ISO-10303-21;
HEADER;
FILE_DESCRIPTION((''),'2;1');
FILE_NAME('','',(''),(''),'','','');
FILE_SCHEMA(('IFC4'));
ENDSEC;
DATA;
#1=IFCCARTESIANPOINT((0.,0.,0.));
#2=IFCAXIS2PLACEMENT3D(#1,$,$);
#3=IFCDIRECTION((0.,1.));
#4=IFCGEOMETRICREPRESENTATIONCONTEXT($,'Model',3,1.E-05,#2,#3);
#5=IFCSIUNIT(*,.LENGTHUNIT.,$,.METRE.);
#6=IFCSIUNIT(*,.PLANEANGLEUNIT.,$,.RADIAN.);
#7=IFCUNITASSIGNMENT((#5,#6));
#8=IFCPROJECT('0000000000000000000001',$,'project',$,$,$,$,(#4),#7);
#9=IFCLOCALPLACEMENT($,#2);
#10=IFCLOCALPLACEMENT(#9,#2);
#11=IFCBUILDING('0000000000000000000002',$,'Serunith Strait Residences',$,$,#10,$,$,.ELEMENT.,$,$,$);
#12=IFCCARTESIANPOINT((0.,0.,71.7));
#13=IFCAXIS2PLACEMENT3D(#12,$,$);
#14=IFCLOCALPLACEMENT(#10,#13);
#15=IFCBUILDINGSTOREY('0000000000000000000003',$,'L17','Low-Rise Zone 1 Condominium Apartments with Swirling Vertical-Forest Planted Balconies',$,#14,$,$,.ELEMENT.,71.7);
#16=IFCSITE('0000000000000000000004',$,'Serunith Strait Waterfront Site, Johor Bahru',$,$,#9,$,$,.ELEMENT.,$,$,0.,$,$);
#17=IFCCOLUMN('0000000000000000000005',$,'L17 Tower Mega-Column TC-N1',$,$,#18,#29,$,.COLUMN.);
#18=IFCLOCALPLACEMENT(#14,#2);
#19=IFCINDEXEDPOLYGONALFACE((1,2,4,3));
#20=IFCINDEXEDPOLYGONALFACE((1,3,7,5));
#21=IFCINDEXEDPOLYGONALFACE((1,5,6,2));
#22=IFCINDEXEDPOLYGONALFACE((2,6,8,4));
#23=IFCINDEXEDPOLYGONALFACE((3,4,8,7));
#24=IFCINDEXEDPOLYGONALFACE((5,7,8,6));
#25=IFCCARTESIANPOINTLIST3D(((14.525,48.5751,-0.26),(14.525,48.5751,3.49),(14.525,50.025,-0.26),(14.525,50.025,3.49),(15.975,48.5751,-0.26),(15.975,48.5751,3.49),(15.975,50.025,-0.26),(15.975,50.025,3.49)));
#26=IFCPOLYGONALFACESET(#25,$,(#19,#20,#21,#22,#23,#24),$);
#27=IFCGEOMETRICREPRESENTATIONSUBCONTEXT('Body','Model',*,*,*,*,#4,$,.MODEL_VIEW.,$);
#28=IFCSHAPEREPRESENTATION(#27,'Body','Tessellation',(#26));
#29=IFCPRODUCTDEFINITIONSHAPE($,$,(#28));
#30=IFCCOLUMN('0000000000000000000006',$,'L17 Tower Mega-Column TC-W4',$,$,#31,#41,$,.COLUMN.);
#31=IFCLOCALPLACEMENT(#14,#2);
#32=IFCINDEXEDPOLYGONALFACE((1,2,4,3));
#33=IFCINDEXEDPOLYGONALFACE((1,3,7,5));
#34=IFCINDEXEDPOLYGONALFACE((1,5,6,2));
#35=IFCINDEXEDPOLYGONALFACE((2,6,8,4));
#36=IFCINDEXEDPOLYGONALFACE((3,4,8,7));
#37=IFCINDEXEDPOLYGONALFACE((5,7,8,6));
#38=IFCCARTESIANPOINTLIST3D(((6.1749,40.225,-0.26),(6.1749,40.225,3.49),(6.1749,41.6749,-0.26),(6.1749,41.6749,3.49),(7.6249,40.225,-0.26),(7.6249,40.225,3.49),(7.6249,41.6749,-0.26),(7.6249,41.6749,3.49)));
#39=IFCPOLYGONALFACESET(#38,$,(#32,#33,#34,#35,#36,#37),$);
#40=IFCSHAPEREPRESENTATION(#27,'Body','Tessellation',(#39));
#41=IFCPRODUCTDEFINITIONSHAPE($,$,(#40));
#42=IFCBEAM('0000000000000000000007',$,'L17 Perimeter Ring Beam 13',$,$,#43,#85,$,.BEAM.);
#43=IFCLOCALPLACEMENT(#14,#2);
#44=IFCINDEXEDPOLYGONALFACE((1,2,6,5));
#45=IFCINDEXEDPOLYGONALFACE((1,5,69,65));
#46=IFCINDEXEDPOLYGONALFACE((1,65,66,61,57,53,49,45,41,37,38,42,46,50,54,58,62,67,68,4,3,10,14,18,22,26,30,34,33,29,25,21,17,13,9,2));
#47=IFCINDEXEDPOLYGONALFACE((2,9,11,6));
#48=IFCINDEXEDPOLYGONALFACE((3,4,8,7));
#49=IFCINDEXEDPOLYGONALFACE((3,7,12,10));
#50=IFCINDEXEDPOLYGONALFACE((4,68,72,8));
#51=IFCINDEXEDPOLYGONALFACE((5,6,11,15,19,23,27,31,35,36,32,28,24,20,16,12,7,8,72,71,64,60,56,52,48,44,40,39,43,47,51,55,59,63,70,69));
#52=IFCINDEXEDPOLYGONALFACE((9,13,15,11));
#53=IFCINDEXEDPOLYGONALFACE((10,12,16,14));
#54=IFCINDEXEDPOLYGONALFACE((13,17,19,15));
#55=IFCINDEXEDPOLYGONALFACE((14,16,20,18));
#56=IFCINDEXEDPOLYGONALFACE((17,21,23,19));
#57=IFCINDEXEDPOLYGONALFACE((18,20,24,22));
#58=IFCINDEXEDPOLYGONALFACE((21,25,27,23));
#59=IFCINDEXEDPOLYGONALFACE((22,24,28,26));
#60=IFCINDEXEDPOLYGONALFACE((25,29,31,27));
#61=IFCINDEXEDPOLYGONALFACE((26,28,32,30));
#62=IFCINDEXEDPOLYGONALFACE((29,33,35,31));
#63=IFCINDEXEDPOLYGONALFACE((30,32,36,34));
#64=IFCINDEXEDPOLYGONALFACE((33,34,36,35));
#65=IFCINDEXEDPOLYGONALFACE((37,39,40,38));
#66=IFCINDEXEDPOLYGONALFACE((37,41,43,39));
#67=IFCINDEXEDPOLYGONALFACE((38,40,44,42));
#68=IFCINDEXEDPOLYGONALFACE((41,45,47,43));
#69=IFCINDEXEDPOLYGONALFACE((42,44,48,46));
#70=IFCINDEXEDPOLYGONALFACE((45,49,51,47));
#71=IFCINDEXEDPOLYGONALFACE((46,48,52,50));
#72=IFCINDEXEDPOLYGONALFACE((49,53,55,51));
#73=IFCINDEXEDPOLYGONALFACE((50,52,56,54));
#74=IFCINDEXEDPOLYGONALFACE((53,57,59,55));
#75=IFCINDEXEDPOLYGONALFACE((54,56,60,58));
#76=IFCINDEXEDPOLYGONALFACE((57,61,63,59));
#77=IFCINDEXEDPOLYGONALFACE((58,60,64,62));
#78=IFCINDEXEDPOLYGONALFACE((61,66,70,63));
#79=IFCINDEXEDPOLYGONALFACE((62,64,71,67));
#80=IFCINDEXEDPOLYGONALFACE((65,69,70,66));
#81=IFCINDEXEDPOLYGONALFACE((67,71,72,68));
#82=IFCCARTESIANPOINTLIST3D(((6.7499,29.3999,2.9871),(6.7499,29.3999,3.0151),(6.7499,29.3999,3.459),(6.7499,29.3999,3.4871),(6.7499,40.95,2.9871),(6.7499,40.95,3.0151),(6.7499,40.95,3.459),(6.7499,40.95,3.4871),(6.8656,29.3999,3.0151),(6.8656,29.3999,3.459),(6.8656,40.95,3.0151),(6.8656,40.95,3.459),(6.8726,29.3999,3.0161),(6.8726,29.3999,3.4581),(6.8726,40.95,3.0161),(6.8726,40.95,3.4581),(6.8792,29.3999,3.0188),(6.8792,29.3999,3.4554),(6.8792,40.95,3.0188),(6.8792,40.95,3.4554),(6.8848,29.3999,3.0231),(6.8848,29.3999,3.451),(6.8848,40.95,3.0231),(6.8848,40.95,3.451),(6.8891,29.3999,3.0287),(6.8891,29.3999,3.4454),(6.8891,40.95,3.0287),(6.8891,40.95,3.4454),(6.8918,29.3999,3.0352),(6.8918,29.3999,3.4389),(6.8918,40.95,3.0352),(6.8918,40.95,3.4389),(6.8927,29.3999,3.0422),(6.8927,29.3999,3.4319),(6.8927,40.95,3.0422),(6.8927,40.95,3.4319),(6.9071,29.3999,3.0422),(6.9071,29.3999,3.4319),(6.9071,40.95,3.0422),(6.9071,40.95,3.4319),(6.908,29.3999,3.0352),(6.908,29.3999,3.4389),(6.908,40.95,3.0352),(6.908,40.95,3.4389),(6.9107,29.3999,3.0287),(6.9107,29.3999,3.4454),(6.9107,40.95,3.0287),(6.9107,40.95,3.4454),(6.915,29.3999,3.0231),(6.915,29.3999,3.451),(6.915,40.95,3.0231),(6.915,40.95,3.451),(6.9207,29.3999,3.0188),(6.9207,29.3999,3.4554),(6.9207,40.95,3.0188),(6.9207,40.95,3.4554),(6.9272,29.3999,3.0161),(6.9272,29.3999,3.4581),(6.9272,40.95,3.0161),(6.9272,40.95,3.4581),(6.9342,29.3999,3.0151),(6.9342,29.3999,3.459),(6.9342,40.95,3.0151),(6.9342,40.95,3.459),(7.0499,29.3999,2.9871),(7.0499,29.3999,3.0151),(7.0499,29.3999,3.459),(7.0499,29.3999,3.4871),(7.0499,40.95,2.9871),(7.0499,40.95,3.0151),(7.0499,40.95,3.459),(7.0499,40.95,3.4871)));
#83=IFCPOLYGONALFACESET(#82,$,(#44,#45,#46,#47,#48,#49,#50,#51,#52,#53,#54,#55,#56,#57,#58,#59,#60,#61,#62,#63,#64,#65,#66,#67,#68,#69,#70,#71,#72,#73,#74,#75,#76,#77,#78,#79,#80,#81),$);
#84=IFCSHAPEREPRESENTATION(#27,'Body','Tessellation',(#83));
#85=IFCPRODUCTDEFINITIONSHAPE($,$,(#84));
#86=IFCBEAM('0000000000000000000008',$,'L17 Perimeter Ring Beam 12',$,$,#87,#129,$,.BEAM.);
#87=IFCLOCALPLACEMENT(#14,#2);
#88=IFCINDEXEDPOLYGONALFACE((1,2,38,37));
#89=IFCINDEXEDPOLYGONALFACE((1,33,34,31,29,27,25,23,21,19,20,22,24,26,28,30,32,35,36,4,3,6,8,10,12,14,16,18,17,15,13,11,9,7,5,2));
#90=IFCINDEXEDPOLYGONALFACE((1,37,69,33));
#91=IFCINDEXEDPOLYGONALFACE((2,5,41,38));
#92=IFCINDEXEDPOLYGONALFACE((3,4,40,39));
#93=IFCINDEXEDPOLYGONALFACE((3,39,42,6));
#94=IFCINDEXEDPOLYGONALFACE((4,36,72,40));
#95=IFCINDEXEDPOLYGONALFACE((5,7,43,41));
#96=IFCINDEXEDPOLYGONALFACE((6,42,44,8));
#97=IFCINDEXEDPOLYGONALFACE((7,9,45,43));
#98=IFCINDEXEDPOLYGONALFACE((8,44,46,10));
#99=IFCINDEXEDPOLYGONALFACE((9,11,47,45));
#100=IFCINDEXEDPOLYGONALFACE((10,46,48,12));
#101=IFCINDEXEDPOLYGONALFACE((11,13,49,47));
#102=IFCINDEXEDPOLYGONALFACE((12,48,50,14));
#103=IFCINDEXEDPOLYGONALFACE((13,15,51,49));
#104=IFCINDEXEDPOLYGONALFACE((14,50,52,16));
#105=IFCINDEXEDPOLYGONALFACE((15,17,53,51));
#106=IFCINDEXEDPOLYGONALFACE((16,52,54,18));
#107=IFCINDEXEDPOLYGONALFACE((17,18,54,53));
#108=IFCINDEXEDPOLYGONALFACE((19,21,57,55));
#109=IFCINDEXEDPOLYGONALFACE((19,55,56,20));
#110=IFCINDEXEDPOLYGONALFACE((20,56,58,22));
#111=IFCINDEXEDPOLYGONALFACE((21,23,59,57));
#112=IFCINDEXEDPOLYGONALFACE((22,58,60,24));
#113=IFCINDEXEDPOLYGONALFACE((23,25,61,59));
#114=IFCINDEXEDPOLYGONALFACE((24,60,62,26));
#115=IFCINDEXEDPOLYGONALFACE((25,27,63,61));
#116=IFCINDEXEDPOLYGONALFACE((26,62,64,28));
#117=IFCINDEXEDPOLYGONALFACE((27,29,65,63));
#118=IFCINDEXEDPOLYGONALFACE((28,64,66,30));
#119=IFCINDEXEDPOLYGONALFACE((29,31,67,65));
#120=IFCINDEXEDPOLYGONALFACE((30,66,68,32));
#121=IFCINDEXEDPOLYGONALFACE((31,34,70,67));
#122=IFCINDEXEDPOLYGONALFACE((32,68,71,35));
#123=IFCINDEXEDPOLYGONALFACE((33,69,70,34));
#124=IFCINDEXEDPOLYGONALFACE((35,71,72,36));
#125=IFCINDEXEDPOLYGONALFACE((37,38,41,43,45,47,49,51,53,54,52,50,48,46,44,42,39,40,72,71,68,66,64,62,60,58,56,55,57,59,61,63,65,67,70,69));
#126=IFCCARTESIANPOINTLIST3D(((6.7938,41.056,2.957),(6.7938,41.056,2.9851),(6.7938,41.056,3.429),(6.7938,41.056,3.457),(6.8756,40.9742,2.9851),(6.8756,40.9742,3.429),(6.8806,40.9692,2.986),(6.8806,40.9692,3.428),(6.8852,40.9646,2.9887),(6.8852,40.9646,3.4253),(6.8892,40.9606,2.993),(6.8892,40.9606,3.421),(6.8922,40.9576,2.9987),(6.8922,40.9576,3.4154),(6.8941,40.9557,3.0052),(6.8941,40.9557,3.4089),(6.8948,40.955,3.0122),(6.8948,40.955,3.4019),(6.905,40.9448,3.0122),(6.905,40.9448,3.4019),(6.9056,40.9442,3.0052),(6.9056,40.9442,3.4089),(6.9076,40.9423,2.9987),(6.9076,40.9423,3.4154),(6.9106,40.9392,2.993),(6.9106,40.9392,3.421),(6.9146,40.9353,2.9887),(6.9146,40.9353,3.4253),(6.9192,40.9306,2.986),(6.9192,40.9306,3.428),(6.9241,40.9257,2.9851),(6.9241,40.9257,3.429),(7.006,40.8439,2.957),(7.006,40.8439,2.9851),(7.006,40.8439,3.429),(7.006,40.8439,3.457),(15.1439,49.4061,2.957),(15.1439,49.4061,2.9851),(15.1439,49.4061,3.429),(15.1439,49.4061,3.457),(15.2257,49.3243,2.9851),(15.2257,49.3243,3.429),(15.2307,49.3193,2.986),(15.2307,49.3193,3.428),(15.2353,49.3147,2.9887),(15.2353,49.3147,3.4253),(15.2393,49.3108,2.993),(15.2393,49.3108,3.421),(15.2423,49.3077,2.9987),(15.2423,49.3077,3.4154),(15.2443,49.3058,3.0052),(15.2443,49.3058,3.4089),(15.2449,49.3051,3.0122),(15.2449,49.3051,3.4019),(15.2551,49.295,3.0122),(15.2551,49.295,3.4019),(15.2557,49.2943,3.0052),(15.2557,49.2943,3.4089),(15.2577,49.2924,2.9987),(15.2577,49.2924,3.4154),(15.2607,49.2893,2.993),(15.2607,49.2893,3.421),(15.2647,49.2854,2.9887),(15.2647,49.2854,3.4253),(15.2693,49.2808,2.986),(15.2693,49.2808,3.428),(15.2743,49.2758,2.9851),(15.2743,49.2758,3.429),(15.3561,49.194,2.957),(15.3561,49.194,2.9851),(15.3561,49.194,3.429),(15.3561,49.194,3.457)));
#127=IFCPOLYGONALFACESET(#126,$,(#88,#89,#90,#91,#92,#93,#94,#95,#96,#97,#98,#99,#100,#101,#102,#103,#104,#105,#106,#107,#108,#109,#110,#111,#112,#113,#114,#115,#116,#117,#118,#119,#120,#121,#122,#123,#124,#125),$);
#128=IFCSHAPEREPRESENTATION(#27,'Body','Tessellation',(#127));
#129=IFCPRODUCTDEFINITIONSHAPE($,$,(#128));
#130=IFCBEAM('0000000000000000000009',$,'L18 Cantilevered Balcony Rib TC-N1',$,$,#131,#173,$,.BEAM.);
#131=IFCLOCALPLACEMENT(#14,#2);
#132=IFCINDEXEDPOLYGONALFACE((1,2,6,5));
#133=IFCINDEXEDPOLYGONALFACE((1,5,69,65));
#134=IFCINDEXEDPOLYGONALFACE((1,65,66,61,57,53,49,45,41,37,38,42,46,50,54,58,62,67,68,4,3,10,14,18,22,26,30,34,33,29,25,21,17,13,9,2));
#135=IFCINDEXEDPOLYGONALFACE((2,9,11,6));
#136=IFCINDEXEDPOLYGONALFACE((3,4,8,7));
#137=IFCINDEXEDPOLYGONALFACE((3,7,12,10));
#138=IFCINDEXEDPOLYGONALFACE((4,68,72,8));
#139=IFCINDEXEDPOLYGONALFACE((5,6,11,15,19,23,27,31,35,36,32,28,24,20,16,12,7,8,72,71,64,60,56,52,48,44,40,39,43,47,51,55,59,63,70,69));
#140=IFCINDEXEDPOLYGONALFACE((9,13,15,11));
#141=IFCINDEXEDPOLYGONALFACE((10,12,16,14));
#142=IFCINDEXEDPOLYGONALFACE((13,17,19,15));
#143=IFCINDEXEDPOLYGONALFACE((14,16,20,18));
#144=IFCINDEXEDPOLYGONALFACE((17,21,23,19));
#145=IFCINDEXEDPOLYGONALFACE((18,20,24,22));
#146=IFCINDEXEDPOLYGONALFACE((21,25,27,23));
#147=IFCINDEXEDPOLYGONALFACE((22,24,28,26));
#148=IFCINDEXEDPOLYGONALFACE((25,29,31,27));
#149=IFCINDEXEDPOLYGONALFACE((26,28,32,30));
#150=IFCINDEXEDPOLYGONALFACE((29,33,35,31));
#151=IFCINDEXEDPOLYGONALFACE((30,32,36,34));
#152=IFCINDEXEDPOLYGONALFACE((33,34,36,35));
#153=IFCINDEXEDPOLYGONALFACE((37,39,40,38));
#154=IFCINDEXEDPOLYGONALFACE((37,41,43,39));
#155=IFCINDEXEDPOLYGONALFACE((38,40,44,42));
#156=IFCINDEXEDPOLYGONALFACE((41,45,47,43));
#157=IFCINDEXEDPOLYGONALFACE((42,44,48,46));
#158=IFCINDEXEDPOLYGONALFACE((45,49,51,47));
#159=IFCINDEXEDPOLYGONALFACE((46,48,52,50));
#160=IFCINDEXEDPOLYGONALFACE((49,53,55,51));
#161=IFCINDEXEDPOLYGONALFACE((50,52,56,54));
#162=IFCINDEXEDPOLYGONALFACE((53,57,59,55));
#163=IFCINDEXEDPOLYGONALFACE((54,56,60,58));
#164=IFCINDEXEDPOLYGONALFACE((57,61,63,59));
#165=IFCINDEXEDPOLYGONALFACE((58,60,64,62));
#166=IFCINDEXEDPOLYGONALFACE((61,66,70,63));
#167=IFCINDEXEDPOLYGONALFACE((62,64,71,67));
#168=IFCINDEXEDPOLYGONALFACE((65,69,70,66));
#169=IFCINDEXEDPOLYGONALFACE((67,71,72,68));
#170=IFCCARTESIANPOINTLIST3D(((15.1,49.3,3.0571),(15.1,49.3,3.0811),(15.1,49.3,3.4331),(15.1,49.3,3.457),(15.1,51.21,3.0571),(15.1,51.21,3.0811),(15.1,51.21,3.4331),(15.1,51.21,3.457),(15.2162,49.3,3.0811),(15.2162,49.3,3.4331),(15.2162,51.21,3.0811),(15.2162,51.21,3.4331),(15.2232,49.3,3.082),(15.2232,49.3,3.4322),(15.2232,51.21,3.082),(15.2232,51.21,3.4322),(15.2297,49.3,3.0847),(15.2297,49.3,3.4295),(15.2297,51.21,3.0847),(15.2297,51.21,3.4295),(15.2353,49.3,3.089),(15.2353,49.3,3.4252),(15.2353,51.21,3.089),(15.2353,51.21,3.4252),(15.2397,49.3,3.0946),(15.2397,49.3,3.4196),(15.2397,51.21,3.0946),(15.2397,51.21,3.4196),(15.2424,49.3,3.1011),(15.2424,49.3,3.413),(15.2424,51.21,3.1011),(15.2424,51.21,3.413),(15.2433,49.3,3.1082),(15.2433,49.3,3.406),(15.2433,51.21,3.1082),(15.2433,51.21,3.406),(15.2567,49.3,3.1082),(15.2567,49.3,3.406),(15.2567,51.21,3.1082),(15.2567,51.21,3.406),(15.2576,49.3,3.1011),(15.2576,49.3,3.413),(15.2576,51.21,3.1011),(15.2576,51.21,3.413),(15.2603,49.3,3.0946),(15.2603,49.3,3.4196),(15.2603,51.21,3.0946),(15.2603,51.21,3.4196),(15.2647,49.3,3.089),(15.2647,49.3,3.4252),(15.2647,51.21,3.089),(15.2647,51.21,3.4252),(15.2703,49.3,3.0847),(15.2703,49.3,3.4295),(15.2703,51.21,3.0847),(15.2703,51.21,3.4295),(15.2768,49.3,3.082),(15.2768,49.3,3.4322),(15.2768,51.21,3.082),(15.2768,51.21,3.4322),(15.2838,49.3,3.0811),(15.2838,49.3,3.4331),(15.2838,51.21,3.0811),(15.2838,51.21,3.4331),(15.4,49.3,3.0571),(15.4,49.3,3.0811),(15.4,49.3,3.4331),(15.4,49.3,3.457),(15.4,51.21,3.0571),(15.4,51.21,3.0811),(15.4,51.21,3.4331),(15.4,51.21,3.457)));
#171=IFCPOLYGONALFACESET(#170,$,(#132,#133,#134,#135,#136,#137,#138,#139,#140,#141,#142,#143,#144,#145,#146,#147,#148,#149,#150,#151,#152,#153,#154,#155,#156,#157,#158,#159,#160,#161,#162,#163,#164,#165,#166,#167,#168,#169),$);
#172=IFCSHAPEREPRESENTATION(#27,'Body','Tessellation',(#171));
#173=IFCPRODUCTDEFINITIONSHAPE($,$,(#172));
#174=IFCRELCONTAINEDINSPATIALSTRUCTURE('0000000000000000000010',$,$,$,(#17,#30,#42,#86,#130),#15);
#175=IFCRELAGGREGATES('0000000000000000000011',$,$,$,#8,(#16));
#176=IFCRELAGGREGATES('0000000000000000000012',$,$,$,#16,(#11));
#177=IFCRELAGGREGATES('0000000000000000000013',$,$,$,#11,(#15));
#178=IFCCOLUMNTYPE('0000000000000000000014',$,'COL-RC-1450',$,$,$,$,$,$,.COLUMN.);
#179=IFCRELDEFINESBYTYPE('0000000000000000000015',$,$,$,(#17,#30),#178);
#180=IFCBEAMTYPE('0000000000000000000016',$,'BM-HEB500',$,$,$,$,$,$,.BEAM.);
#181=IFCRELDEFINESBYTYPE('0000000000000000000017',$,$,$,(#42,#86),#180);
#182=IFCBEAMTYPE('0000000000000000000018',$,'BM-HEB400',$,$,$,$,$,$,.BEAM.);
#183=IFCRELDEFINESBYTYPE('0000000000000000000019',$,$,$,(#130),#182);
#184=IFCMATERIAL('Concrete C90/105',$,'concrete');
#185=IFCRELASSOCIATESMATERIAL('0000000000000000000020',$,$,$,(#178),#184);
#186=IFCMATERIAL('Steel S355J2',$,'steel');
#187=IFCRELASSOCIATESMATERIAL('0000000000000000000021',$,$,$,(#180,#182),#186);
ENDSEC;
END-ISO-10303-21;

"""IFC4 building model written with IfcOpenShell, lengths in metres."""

from ifc_helpers import new_model, si_unit, direction, frame, origin, origin_2d, place, context, subcontext, project, spatial, rectangle, i_section, extrude, source, transform, mapped, material, material_profile, profile_set, type_object, element, save


model = new_model("IFC4")

# Units and contexts
model_context = context("Model", 3, precision=1e-05, world=origin(), true_north=direction((0.0, 1.0)))
body_context = subcontext(model_context, "Body", "Model", "MODEL_VIEW")
ifc_project = project(units=[si_unit("LENGTHUNIT", "METRE"), si_unit("PLANEANGLEUNIT", "RADIAN")], contexts=[model_context])

# Site, building, storey
site_placement = place(None, origin())
site = spatial("IfcSite", under=ifc_project, at=site_placement, Name="Serunith Strait Waterfront Site, Johor Bahru", CompositionType="ELEMENT", RefElevation=0.0)
building_placement = place(site_placement, origin())
building = spatial("IfcBuilding", under=site, at=building_placement, Name="Serunith Strait Residences", CompositionType="ELEMENT")
storey_placement = place(building_placement, frame((0.0, 0.0, 71.7)))
storey = spatial("IfcBuildingStorey", under=building, at=storey_placement, Name="L17", Description="Low-Rise Zone 1 Condominium Apartments with Swirling Vertical-Forest Planted Balconies", CompositionType="ELEMENT", Elevation=71.7)

# Columns
ifc_material_1 = material(Name="Concrete C90/105", Category="concrete")
ifc_material_profile_1 = material_profile(ifc_material_1, rectangle(XDim=1.45, YDim=1.45, at=origin_2d()), Name="RC 1450x1450")
ifc_profile_set_1 = profile_set([ifc_material_profile_1], Name="Concrete C90/105")
column_type = type_object("IfcColumnType", Name="COL-RC-1450", PredefinedType="COLUMN", material=ifc_profile_set_1)
shared_shape_1 = source(origin(), body_context, "Body", "SweptSolid", [
    extrude(rectangle(XDim=1.45, YDim=1.45, at=origin_2d()), origin(), (0.0, 0.0, 1.0), 3.75),
])
for number, where, z_axis, x_axis, name in (
    (1, (15.25, 49.3, -0.26), (0.0, 0.0, 1.0), (1.0, 0.0, 0.0), "L17 Tower Mega-Column TC-N1"),
    (2, (6.8999, 40.95, -0.26), (0.0, 0.0, 1.0), (1.0, 0.0, 0.0), "L17 Tower Mega-Column TC-W4"),
):
    element("IfcColumn", number, at=place(storey_placement, frame(where, z_axis=z_axis, x_axis=x_axis)), inside=storey, type_object=column_type, Name=name, PredefinedType="COLUMN", context=body_context, shape_type="MappedRepresentation", body=[
        mapped(shared_shape_1, transform((0.0, 0.0, 0.0), scale=1.0)),
    ])

# Beams
ifc_material_2 = material(Name="Steel S355J2", Category="steel")
ifc_material_profile_2 = material_profile(ifc_material_2, i_section(OverallWidth=0.3, OverallDepth=0.5, WebThickness=0.0144, FlangeThickness=0.0281, FilletRadius=0.0271, at=origin_2d()), Name="HEB 500")
ifc_profile_set_2 = profile_set([ifc_material_profile_2], Name="Steel S355J2")
beam_type_1 = type_object("IfcBeamType", Name="BM-HEB500", PredefinedType="BEAM", material=ifc_profile_set_2)
shared_shape_2 = source(origin(), body_context, "Body", "SweptSolid", [
    extrude(i_section(OverallWidth=0.3, OverallDepth=0.5, WebThickness=0.0144, FlangeThickness=0.0281, FilletRadius=0.0271, at=origin_2d()), origin(), (0.0, 0.0, 1.0), 11.55),
])
beam_1_placement = place(storey_placement, frame((6.8999, 40.95, 3.2371), z_axis=(0.0, -1.0, 0.0), x_axis=(1.0, 0.0, 0.0)))
element("IfcBeam", 3, at=beam_1_placement, inside=storey, type_object=beam_type_1, Name="L17 Perimeter Ring Beam 13", PredefinedType="BEAM", context=body_context, shape_type="MappedRepresentation", body=[
    mapped(shared_shape_2, transform((0.0, 0.0, 0.0), scale=1.0)),
])
shared_shape_3 = source(origin(), body_context, "Body", "SweptSolid", [
    extrude(i_section(OverallWidth=0.3, OverallDepth=0.5, WebThickness=0.0144, FlangeThickness=0.0281, FilletRadius=0.0271, at=origin_2d()), origin(), (0.0, 0.0, 1.0), 11.8088),
])
beam_2_placement = place(storey_placement, frame((15.25, 49.3, 3.207), z_axis=(-0.707107, -0.707107, 0.0), x_axis=(0.707107, -0.707107, 0.0)))
element("IfcBeam", 4, at=beam_2_placement, inside=storey, type_object=beam_type_1, Name="L17 Perimeter Ring Beam 12", PredefinedType="BEAM", context=body_context, shape_type="MappedRepresentation", body=[
    mapped(shared_shape_3, transform((0.0, 0.0, 0.0), scale=1.0)),
])
ifc_material_profile_3 = material_profile(ifc_material_2, i_section(OverallWidth=0.3, OverallDepth=0.3999, WebThickness=0.0134, FlangeThickness=0.0239, FilletRadius=0.0271, at=origin_2d()), Name="HEB 400")
ifc_profile_set_3 = profile_set([ifc_material_profile_3], Name="Steel S355J2")
beam_type_2 = type_object("IfcBeamType", Name="BM-HEB400", PredefinedType="BEAM", material=ifc_profile_set_3)
shared_shape_4 = source(origin(), body_context, "Body", "SweptSolid", [
    extrude(i_section(OverallWidth=0.3, OverallDepth=0.3999, WebThickness=0.0134, FlangeThickness=0.0239, FilletRadius=0.0271, at=origin_2d()), origin(), (0.0, 0.0, 1.0), 1.9099),
])
beam_3_placement = place(storey_placement, frame((15.25, 49.3, 3.2571), z_axis=(0.0, 1.0, 0.0), x_axis=(-1.0, 0.0, 0.0)))
element("IfcBeam", 5, at=beam_3_placement, inside=storey, type_object=beam_type_2, Name="L18 Cantilevered Balcony Rib TC-N1", PredefinedType="BEAM", context=body_context, shape_type="MappedRepresentation", body=[
    mapped(shared_shape_4, transform((0.0, 0.0, 0.0), scale=1.0)),
])

save(model, "model.ifc")
